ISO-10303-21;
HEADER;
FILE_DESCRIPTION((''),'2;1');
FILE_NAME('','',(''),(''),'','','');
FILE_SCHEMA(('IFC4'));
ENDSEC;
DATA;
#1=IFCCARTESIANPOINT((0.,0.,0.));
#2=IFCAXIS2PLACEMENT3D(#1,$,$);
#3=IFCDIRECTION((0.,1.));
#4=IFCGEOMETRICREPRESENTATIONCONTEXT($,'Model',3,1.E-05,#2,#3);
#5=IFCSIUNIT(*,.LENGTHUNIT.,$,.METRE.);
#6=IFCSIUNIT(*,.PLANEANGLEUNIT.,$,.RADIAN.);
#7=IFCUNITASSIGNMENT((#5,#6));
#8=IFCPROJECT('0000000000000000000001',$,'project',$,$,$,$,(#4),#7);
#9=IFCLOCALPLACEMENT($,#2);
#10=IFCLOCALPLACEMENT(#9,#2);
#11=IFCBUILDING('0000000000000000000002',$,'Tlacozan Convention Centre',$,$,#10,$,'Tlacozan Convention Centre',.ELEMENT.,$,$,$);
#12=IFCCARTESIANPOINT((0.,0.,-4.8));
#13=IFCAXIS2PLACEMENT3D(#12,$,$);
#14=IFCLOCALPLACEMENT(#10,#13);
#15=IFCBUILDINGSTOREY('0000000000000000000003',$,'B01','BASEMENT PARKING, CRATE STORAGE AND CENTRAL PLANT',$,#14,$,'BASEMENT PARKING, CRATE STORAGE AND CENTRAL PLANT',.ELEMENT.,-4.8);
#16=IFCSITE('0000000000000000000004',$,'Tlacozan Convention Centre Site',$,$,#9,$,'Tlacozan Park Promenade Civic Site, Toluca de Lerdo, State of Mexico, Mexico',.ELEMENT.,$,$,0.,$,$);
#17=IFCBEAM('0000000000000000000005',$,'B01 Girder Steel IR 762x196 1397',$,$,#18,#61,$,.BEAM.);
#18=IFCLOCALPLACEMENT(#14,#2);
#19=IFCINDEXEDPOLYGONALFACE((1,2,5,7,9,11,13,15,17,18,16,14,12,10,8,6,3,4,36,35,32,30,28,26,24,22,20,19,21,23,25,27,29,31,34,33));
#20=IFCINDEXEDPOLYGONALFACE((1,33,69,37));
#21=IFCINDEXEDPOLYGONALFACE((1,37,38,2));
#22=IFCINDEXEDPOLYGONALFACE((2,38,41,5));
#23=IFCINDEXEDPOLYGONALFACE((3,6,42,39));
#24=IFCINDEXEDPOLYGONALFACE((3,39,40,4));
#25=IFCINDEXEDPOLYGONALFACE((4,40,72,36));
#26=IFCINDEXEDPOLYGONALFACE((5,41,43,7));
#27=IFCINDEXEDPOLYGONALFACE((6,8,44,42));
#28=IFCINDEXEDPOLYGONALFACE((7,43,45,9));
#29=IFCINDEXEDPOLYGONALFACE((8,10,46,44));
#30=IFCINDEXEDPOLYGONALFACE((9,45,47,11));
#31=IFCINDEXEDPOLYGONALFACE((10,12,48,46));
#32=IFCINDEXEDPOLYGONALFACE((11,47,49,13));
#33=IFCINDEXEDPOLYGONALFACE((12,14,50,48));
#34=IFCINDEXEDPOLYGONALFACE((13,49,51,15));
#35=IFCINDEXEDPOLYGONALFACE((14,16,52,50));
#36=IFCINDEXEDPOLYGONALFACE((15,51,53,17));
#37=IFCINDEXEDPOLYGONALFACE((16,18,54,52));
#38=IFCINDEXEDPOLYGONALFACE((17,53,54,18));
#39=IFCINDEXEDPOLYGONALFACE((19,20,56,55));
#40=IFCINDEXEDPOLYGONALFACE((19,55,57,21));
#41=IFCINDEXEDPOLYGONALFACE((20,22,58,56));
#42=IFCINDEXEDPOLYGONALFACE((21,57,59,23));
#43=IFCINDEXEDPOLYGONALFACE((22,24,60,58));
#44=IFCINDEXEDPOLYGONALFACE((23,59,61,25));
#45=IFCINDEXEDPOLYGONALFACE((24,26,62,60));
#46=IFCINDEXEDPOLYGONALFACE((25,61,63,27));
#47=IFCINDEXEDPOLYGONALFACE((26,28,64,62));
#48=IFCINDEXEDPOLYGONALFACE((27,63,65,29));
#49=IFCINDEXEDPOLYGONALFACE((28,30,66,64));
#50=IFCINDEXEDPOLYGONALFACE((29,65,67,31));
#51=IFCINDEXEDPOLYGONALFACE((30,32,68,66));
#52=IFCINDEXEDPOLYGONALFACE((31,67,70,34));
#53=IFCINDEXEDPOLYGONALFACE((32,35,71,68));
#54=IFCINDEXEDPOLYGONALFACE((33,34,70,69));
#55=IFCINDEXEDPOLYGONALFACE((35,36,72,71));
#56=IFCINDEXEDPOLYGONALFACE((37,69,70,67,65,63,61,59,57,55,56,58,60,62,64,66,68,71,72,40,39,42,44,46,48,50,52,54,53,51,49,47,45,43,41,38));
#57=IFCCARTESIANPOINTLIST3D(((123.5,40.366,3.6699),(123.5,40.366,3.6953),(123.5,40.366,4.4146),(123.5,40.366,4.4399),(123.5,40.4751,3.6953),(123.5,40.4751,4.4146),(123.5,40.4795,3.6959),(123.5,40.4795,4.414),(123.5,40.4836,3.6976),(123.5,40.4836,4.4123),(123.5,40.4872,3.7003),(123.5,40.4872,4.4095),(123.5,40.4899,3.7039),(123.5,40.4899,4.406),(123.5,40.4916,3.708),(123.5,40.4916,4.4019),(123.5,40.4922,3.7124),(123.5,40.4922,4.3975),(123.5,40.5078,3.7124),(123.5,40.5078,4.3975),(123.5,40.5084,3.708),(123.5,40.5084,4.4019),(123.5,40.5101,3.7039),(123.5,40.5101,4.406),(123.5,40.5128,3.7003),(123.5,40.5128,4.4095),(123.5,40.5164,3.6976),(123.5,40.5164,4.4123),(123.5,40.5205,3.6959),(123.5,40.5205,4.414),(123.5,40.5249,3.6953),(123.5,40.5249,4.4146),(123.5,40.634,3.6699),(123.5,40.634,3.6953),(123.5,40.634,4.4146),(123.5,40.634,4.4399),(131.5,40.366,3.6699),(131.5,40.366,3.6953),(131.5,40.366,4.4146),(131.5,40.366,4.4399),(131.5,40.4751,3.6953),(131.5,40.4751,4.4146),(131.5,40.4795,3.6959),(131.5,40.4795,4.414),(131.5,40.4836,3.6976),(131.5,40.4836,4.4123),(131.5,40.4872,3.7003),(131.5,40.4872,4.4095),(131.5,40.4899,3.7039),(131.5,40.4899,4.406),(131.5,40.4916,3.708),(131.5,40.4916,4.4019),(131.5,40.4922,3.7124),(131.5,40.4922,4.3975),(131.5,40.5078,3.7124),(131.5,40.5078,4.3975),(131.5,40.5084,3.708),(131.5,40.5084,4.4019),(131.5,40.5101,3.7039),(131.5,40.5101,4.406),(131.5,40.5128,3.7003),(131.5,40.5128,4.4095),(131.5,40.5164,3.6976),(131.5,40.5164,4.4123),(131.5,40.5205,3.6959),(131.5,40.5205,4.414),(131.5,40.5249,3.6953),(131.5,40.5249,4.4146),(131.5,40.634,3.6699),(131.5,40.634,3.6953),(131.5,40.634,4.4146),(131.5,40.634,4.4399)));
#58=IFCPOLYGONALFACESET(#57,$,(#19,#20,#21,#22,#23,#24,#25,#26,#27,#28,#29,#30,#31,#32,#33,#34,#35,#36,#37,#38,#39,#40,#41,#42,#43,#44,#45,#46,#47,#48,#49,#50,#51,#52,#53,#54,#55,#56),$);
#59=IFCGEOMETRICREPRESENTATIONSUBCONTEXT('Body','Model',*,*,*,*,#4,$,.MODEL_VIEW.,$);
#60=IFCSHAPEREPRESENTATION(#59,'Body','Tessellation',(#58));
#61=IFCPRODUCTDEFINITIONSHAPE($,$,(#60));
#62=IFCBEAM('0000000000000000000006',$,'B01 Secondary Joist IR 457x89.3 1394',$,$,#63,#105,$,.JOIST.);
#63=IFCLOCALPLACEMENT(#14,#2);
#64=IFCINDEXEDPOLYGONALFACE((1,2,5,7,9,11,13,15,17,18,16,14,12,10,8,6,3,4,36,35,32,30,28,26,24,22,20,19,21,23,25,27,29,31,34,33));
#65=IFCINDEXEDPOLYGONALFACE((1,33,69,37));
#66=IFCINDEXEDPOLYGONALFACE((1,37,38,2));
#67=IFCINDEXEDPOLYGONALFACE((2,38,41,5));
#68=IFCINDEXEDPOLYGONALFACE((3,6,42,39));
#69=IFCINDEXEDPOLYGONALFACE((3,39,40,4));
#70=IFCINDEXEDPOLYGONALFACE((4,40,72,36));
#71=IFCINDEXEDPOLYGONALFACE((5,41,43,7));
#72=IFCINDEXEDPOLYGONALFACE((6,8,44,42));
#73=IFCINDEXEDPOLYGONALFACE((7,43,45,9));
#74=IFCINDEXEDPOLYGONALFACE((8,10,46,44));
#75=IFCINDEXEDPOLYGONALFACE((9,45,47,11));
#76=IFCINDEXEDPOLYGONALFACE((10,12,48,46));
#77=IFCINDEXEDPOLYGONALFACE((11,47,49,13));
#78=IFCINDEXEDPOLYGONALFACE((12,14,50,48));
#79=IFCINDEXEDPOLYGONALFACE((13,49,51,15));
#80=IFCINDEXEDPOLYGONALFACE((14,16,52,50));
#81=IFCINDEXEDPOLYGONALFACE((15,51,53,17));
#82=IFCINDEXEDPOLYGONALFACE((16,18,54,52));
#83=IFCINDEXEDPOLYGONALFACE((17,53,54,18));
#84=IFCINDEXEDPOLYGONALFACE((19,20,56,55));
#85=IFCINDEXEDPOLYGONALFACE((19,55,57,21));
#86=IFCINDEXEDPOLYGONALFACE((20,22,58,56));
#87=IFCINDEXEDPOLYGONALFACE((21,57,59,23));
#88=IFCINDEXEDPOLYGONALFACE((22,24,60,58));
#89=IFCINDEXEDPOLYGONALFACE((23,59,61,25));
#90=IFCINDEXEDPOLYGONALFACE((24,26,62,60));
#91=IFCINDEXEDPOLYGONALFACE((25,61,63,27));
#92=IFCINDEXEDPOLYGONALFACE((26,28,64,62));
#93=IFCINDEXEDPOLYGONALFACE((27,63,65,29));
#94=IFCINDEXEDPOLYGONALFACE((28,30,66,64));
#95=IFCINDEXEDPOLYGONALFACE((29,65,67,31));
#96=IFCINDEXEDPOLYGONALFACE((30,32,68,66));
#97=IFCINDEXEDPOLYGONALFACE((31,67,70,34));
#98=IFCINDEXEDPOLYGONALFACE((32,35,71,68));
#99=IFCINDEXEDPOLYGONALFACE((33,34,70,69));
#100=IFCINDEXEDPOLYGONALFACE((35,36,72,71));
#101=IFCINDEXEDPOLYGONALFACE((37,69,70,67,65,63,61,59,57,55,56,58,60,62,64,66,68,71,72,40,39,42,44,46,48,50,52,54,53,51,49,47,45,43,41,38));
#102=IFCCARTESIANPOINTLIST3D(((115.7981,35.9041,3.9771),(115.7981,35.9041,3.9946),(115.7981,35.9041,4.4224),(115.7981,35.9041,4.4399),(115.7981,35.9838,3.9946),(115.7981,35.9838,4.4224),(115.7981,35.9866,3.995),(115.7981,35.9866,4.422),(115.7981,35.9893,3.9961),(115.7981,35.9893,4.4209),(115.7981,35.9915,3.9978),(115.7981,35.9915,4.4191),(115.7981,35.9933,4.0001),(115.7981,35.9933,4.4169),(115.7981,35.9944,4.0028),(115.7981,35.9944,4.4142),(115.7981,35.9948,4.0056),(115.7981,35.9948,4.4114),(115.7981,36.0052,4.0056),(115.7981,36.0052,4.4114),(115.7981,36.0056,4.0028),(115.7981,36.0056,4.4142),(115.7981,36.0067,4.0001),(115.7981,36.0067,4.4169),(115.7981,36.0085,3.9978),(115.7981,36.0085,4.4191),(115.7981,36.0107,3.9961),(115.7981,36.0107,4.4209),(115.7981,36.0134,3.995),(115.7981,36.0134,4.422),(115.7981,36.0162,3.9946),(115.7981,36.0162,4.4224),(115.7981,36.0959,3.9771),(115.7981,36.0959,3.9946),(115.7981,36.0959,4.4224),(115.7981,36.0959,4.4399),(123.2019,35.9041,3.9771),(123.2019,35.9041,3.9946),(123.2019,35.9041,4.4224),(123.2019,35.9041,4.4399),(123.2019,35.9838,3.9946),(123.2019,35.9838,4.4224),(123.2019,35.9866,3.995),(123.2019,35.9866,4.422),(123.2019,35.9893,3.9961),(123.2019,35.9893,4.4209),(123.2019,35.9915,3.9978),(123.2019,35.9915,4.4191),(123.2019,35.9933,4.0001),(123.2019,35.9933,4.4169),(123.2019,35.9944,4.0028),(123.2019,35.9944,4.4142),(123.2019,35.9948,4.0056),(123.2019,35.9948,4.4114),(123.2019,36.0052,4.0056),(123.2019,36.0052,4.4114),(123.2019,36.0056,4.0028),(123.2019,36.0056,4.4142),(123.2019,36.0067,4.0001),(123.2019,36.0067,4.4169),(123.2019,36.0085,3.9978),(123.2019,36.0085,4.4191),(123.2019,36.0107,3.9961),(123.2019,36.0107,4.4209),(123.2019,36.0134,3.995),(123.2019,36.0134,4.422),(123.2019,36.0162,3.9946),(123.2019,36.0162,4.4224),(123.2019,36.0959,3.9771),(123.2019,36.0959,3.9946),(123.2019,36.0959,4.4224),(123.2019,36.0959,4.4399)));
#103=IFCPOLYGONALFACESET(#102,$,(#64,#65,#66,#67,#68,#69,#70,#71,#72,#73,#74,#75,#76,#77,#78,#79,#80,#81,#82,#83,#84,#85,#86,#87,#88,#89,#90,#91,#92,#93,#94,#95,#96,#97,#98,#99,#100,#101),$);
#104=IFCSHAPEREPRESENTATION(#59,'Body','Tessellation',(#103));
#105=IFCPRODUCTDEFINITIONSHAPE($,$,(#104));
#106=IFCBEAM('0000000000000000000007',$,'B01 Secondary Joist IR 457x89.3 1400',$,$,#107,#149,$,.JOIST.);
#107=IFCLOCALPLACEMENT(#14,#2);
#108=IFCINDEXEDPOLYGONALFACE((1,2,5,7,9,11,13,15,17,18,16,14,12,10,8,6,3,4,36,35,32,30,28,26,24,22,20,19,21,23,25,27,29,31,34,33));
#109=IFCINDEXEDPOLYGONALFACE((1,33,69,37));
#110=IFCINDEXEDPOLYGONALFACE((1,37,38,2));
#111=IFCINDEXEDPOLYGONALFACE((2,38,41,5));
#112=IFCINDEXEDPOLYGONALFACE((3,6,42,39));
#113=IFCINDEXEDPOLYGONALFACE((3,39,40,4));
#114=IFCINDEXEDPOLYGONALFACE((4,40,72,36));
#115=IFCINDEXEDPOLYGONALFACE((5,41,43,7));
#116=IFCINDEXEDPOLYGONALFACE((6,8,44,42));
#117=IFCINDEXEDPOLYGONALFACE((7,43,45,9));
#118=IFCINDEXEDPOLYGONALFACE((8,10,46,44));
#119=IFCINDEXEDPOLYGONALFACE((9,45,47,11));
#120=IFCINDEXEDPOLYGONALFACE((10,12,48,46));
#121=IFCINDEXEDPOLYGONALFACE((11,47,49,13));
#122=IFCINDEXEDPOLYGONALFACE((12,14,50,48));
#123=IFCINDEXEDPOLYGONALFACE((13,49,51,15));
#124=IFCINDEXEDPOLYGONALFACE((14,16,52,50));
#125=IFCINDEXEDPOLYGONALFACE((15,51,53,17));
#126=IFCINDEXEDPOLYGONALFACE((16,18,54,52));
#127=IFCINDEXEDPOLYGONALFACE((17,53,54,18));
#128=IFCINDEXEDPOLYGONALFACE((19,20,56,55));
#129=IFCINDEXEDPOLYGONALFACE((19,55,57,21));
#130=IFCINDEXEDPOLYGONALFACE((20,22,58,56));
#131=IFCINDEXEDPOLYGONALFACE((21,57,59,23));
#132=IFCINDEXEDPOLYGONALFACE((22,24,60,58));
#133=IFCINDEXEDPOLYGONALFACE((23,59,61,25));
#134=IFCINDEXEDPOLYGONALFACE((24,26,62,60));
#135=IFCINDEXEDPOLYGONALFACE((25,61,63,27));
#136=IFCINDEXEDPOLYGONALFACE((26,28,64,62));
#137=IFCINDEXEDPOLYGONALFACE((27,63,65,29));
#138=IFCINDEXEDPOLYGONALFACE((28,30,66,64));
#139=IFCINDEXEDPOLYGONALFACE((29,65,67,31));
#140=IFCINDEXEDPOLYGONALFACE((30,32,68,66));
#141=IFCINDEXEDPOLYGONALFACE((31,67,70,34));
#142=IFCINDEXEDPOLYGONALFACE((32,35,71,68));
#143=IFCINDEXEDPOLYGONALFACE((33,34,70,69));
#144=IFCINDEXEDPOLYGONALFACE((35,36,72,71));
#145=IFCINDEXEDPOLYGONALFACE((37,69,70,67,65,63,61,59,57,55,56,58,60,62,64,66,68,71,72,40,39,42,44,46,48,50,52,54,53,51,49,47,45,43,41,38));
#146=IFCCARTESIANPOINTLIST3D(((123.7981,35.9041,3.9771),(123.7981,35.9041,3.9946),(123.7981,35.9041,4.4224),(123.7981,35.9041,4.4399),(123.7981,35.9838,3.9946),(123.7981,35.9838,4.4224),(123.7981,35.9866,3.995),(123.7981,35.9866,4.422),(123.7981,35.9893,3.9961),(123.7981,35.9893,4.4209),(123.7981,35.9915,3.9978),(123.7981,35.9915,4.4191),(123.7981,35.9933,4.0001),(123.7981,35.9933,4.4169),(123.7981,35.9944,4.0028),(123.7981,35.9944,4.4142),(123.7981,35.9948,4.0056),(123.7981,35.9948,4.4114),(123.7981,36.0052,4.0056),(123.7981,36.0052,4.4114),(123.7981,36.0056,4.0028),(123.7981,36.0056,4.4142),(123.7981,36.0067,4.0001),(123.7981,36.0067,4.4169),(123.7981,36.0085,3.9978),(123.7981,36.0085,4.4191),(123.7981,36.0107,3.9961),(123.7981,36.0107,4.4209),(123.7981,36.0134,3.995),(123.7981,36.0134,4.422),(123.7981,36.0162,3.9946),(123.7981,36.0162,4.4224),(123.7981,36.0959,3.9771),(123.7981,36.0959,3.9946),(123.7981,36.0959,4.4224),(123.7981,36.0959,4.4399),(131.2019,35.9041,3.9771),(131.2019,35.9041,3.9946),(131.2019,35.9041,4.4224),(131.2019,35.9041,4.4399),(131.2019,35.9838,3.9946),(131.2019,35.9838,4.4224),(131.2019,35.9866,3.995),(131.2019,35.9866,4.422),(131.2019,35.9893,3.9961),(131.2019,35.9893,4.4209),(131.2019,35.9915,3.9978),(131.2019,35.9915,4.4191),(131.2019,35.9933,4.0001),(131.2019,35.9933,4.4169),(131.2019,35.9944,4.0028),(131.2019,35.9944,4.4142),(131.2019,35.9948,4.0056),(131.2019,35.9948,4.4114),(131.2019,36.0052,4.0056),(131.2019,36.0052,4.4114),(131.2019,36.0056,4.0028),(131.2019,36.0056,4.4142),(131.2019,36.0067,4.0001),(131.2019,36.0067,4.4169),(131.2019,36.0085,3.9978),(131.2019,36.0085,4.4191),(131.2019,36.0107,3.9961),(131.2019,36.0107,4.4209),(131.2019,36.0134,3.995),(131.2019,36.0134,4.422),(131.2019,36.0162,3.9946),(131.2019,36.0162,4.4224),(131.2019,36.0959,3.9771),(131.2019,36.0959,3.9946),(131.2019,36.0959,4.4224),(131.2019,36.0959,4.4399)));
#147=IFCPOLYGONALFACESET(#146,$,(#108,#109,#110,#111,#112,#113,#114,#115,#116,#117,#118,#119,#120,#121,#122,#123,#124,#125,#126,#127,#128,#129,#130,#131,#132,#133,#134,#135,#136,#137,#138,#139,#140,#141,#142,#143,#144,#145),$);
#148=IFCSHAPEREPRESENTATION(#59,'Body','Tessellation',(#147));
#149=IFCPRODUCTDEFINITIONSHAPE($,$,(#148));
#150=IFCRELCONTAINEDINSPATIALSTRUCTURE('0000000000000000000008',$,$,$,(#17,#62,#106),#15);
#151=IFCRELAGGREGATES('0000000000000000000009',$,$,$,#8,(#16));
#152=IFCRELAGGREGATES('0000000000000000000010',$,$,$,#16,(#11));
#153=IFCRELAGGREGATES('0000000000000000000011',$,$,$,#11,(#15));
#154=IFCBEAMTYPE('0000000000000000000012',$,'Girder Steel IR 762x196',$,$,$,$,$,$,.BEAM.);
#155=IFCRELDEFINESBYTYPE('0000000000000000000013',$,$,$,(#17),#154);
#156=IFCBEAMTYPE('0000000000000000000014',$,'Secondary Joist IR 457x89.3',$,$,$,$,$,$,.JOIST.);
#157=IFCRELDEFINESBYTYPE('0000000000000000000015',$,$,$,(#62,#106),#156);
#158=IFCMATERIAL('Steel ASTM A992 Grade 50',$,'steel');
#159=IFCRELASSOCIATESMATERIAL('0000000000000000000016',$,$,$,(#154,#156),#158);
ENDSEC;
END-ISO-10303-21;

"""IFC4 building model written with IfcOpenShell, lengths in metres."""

from ifc_helpers import new_model, si_unit, direction, frame, origin, origin_2d, place, context, subcontext, project, spatial, i_section, extrude, material, material_profile, profile_set, type_object, element, save


model = new_model("IFC4")

# Units and contexts
model_context = context("Model", 3, precision=1e-05, world=origin(), true_north=direction((0.0, 1.0)))
body_context = subcontext(model_context, "Body", "Model", "MODEL_VIEW")
ifc_project = project(units=[si_unit("LENGTHUNIT", "METRE"), si_unit("PLANEANGLEUNIT", "RADIAN")], contexts=[model_context])

# Site, building, storey
site_placement = place(None, origin())
site = spatial("IfcSite", under=ifc_project, at=site_placement, Name="Tlacozan Convention Centre Site", LongName="Tlacozan Park Promenade Civic Site, Toluca de Lerdo, State of Mexico, Mexico", CompositionType="ELEMENT", RefElevation=0.0)
building_placement = place(site_placement, origin())
building = spatial("IfcBuilding", under=site, at=building_placement, Name="Tlacozan Convention Centre", LongName="Tlacozan Convention Centre", CompositionType="ELEMENT")
storey_placement = place(building_placement, frame((0.0, 0.0, -4.8)))
storey = spatial("IfcBuildingStorey", under=building, at=storey_placement, Name="B01", Description="BASEMENT PARKING, CRATE STORAGE AND CENTRAL PLANT", LongName="BASEMENT PARKING, CRATE STORAGE AND CENTRAL PLANT", CompositionType="ELEMENT", Elevation=-4.8)

# Beams
ifc_material_1 = material(Name="Steel ASTM A992 Grade 50", Category="steel")
ifc_material_profile_1 = material_profile(ifc_material_1, i_section(OverallWidth=0.2681, OverallDepth=0.77, WebThickness=0.0156, FlangeThickness=0.0254, FilletRadius=0.0171, at=origin_2d()), Name="IR 762x196.0")
ifc_profile_set_1 = profile_set([ifc_material_profile_1], Name="Steel ASTM A992 Grade 50")
beam_type_1 = type_object("IfcBeamType", Name="Girder Steel IR 762x196", PredefinedType="BEAM", material=ifc_profile_set_1)
for number, where, z_axis, x_axis, name in (
    (1, (123.5, 40.5, 4.0549), (1.0, 0.0, 0.0), (0.0, 1.0, 0.0), "B01 Girder Steel IR 762x196 1397"),
):
    element("IfcBeam", number, at=place(storey_placement, frame(where, z_axis=z_axis, x_axis=x_axis)), inside=storey, type_object=beam_type_1, Name=name, PredefinedType="BEAM", context=body_context, shape_type="SweptSolid", body=[
        extrude(i_section(OverallWidth=0.2681, OverallDepth=0.77, WebThickness=0.0156, FlangeThickness=0.0254, FilletRadius=0.0171, at=origin_2d()), origin(), (0.0, 0.0, 1.0), 8.0),
    ])
ifc_material_profile_2 = material_profile(ifc_material_1, i_section(OverallWidth=0.1919, OverallDepth=0.4629, WebThickness=0.0105, FlangeThickness=0.0176, FilletRadius=0.011, at=origin_2d()), Name="IR 457x89.3")
ifc_profile_set_2 = profile_set([ifc_material_profile_2], Name="Steel ASTM A992 Grade 50")
beam_type_2 = type_object("IfcBeamType", Name="Secondary Joist IR 457x89.3", PredefinedType="JOIST", material=ifc_profile_set_2)
for number, where, z_axis, x_axis, name in (
    (2, (115.7981, 36.0, 4.2085), (1.0, 0.0, 0.0), (0.0, 1.0, 0.0), "B01 Secondary Joist IR 457x89.3 1394"),
    (3, (123.7981, 36.0, 4.2085), (1.0, 0.0, 0.0), (0.0, 1.0, 0.0), "B01 Secondary Joist IR 457x89.3 1400"),
):
    element("IfcBeam", number, at=place(storey_placement, frame(where, z_axis=z_axis, x_axis=x_axis)), inside=storey, type_object=beam_type_2, Name=name, PredefinedType="JOIST", context=body_context, shape_type="SweptSolid", body=[
        extrude(i_section(OverallWidth=0.1919, OverallDepth=0.4629, WebThickness=0.0105, FlangeThickness=0.0176, FilletRadius=0.011, at=origin_2d()), origin(), (0.0, 0.0, 1.0), 7.4038),
    ])

save(model, "model.ifc")
